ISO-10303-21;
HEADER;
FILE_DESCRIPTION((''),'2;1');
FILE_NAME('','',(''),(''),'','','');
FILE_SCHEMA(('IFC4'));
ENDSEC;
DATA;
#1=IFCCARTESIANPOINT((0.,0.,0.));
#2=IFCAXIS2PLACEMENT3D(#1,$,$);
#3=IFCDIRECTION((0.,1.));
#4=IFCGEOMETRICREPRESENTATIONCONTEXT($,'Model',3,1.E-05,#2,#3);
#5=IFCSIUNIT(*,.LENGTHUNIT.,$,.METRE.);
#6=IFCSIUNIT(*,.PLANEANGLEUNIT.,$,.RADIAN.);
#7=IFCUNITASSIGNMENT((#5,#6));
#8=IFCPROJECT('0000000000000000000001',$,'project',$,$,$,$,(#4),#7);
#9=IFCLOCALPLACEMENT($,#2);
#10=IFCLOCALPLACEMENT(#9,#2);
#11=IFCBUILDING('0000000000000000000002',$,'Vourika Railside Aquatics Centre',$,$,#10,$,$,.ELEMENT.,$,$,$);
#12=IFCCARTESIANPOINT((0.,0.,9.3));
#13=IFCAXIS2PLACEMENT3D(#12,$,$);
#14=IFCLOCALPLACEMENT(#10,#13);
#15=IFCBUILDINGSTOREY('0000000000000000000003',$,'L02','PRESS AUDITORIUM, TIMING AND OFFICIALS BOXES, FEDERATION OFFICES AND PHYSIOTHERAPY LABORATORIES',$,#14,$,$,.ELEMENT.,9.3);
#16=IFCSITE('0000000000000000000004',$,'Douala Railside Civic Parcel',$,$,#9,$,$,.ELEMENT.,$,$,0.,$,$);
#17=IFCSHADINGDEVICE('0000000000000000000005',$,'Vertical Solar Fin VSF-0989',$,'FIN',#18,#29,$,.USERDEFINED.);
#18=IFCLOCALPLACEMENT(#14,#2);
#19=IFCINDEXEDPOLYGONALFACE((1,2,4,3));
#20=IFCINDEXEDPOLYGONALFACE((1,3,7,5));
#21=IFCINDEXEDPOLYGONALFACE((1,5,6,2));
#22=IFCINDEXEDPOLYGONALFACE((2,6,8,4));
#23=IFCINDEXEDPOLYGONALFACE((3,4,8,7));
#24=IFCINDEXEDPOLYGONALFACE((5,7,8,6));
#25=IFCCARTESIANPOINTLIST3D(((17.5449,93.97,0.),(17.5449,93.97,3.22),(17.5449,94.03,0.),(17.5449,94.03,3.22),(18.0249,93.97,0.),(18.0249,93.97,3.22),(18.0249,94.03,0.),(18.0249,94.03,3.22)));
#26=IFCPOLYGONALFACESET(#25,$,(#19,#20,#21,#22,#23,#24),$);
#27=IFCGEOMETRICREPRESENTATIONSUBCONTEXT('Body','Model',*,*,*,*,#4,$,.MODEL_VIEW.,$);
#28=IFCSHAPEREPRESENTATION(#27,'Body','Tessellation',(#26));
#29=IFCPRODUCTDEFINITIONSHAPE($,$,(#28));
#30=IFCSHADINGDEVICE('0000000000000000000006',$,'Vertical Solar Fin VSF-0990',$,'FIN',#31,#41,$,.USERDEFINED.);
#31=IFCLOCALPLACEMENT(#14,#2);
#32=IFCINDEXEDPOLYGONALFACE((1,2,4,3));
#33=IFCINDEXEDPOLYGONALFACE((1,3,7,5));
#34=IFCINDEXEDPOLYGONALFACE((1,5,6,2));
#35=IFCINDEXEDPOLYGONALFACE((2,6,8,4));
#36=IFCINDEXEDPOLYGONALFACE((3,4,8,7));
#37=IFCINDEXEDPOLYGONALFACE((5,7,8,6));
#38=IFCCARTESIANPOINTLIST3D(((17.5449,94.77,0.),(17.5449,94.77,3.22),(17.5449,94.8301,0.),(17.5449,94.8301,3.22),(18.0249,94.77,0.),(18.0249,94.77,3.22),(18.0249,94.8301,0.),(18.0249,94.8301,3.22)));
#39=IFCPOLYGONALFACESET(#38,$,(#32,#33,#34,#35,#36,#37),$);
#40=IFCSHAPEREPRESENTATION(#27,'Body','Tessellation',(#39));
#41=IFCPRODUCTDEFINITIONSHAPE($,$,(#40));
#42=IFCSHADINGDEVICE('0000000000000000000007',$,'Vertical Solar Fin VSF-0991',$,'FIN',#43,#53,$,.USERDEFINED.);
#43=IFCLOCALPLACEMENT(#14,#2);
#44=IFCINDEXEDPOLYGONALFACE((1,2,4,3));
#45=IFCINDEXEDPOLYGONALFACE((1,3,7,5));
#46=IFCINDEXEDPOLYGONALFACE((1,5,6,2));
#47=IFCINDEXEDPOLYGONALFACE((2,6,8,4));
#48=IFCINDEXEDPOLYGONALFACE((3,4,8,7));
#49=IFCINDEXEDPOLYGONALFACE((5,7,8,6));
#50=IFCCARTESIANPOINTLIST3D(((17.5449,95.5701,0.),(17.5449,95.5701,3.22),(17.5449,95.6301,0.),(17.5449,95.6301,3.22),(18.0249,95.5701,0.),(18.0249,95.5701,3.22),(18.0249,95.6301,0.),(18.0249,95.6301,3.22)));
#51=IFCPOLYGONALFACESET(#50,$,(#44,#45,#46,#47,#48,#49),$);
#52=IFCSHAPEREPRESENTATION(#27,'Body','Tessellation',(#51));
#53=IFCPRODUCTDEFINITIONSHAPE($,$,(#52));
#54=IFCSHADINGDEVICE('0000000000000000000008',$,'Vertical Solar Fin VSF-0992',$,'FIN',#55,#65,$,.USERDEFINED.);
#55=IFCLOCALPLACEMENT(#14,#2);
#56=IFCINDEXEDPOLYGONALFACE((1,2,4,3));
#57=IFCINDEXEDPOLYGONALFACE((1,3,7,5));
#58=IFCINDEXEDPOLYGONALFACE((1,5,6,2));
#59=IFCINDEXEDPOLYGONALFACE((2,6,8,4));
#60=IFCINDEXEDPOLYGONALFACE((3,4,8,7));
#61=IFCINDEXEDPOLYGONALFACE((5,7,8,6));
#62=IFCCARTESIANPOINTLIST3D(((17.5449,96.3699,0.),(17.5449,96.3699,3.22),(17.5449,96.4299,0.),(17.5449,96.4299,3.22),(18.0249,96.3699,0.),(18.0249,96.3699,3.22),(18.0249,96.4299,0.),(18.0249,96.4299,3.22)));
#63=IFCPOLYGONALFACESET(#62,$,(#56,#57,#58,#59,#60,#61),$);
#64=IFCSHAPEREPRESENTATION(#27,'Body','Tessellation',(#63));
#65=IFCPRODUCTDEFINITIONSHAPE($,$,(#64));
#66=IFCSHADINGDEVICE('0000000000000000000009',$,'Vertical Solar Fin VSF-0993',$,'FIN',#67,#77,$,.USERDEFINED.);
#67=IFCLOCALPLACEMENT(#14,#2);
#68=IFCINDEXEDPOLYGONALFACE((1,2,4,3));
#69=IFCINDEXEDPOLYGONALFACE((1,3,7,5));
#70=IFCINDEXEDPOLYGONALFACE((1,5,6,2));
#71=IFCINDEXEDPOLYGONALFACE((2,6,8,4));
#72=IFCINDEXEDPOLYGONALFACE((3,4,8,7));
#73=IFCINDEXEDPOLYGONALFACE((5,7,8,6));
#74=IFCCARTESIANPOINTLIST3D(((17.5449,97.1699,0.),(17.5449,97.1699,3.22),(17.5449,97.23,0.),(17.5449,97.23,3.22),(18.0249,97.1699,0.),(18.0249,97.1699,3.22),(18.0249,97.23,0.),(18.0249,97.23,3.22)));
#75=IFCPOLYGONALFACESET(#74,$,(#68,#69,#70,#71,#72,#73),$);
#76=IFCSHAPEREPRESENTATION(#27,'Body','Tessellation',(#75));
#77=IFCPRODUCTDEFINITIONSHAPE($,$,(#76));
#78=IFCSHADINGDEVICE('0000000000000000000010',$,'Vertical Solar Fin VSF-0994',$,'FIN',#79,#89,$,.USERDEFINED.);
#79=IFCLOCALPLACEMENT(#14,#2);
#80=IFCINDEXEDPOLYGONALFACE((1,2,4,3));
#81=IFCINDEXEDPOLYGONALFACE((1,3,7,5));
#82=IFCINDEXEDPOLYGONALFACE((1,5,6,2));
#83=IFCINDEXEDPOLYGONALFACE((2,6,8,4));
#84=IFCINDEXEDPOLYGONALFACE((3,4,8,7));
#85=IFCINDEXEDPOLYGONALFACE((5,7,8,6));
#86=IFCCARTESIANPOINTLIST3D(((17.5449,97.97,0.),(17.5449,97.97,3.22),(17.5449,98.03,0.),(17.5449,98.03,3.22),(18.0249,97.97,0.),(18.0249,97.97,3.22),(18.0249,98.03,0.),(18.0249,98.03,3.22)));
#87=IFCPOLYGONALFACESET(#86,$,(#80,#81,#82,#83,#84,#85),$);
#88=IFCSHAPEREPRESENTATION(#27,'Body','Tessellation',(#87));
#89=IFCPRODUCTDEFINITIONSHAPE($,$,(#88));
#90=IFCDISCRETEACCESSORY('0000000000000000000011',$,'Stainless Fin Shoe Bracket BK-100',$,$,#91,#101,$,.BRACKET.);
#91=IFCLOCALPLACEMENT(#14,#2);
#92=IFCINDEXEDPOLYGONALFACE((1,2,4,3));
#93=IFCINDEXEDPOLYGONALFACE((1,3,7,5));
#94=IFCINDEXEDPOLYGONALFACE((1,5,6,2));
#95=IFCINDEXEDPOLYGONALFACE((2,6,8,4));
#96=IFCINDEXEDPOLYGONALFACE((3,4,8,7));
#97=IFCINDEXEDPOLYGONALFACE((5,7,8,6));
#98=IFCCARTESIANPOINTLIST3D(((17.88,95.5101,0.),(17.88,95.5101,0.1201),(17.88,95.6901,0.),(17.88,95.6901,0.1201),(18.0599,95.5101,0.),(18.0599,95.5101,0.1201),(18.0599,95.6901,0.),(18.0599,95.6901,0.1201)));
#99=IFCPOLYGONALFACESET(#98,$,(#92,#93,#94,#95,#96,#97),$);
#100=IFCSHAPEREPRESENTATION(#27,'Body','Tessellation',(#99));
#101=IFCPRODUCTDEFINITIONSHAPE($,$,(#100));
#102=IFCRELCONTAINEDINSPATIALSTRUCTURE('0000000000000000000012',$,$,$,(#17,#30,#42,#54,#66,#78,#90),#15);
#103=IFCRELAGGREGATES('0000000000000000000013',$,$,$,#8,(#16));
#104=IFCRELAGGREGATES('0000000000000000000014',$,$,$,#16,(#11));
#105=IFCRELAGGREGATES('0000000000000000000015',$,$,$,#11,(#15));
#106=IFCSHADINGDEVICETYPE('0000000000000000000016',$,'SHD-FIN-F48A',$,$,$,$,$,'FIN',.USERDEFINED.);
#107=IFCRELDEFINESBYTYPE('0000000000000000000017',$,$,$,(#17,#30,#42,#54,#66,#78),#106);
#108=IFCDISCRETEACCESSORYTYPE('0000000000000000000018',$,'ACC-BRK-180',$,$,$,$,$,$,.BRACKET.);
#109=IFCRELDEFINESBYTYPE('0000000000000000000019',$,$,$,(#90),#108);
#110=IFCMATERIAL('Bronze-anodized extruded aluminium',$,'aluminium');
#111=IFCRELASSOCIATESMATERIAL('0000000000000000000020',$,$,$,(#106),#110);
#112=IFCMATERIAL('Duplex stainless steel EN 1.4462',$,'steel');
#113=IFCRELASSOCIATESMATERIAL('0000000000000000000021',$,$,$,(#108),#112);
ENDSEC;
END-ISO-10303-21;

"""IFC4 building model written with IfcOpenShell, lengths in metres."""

from ifc_helpers import new_model, si_unit, direction, frame, origin, origin_2d, place, context, subcontext, project, spatial, rectangle, extrude, material, material_profile, profile_set, type_object, element, save


model = new_model("IFC4")

# Units and contexts
model_context = context("Model", 3, precision=1e-05, world=origin(), true_north=direction((0.0, 1.0)))
body_context = subcontext(model_context, "Body", "Model", "MODEL_VIEW")
ifc_project = project(units=[si_unit("LENGTHUNIT", "METRE"), si_unit("PLANEANGLEUNIT", "RADIAN")], contexts=[model_context])

# Site, building, storey
site_placement = place(None, origin())
site = spatial("IfcSite", under=ifc_project, at=site_placement, Name="Douala Railside Civic Parcel", CompositionType="ELEMENT", RefElevation=0.0)
building_placement = place(site_placement, origin())
building = spatial("IfcBuilding", under=site, at=building_placement, Name="Vourika Railside Aquatics Centre", CompositionType="ELEMENT")
storey_placement = place(building_placement, frame((0.0, 0.0, 9.3)))
storey = spatial("IfcBuildingStorey", under=building, at=storey_placement, Name="L02", Description="PRESS AUDITORIUM, TIMING AND OFFICIALS BOXES, FEDERATION OFFICES AND PHYSIOTHERAPY LABORATORIES", CompositionType="ELEMENT", Elevation=9.3)

# Shading devices
ifc_material_1 = material(Name="Bronze-anodized extruded aluminium", Category="aluminium")
ifc_material_profile_1 = material_profile(ifc_material_1, rectangle(XDim=0.0601, YDim=0.48, at=origin_2d()), Name="ALU-FIN 60x480")
ifc_profile_set_1 = profile_set([ifc_material_profile_1], Name="Bronze-anodized extruded aluminium")
shading_device_type = type_object("IfcShadingDeviceType", Name="SHD-FIN-F48A", ElementType="FIN", PredefinedType="USERDEFINED", material=ifc_profile_set_1)
for number, where, z_axis, x_axis, name in (
    (1, (17.7849, 94.0, 0.0), (0.0, 0.0, 1.0), (0.0, 1.0, 0.0), "Vertical Solar Fin VSF-0989"),
    (2, (17.7849, 94.8, 0.0), (0.0, 0.0, 1.0), (0.0, 1.0, 0.0), "Vertical Solar Fin VSF-0990"),
    (3, (17.7849, 95.6001, 0.0), (0.0, 0.0, 1.0), (0.0, 1.0, 0.0), "Vertical Solar Fin VSF-0991"),
    (4, (17.7849, 96.3999, 0.0), (0.0, 0.0, 1.0), (0.0, 1.0, 0.0), "Vertical Solar Fin VSF-0992"),
    (5, (17.7849, 97.2, 0.0), (0.0, 0.0, 1.0), (0.0, 1.0, 0.0), "Vertical Solar Fin VSF-0993"),
    (6, (17.7849, 98.0, 0.0), (0.0, 0.0, 1.0), (0.0, 1.0, 0.0), "Vertical Solar Fin VSF-0994"),
):
    element("IfcShadingDevice", number, at=place(storey_placement, frame(where, z_axis=z_axis, x_axis=x_axis)), inside=storey, type_object=shading_device_type, Name=name, ObjectType="FIN", PredefinedType="USERDEFINED", context=body_context, shape_type="SweptSolid", body=[
        extrude(rectangle(XDim=0.0601, YDim=0.48, at=origin_2d()), origin(), (0.0, 0.0, 1.0), 3.22),
    ])

# Discrete accessory
ifc_material_2 = material(Name="Duplex stainless steel EN 1.4462", Category="steel")
discrete_accessory_type = type_object("IfcDiscreteAccessoryType", Name="ACC-BRK-180", PredefinedType="BRACKET", material=ifc_material_2)
discrete_accessory_placement = place(storey_placement, frame((17.97, 95.6001, 0.0), z_axis=(0.0, 0.0, 1.0), x_axis=(-1.0, 0.0, 0.0)))
element("IfcDiscreteAccessory", 7, at=discrete_accessory_placement, inside=storey, type_object=discrete_accessory_type, Name="Stainless Fin Shoe Bracket BK-100", PredefinedType="BRACKET", context=body_context, shape_type="SweptSolid", body=[
    extrude(rectangle(XDim=0.1799, YDim=0.1799, at=origin_2d()), origin(), (0.0, 0.0, 1.0), 0.1201),
])

save(model, "model.ifc")
